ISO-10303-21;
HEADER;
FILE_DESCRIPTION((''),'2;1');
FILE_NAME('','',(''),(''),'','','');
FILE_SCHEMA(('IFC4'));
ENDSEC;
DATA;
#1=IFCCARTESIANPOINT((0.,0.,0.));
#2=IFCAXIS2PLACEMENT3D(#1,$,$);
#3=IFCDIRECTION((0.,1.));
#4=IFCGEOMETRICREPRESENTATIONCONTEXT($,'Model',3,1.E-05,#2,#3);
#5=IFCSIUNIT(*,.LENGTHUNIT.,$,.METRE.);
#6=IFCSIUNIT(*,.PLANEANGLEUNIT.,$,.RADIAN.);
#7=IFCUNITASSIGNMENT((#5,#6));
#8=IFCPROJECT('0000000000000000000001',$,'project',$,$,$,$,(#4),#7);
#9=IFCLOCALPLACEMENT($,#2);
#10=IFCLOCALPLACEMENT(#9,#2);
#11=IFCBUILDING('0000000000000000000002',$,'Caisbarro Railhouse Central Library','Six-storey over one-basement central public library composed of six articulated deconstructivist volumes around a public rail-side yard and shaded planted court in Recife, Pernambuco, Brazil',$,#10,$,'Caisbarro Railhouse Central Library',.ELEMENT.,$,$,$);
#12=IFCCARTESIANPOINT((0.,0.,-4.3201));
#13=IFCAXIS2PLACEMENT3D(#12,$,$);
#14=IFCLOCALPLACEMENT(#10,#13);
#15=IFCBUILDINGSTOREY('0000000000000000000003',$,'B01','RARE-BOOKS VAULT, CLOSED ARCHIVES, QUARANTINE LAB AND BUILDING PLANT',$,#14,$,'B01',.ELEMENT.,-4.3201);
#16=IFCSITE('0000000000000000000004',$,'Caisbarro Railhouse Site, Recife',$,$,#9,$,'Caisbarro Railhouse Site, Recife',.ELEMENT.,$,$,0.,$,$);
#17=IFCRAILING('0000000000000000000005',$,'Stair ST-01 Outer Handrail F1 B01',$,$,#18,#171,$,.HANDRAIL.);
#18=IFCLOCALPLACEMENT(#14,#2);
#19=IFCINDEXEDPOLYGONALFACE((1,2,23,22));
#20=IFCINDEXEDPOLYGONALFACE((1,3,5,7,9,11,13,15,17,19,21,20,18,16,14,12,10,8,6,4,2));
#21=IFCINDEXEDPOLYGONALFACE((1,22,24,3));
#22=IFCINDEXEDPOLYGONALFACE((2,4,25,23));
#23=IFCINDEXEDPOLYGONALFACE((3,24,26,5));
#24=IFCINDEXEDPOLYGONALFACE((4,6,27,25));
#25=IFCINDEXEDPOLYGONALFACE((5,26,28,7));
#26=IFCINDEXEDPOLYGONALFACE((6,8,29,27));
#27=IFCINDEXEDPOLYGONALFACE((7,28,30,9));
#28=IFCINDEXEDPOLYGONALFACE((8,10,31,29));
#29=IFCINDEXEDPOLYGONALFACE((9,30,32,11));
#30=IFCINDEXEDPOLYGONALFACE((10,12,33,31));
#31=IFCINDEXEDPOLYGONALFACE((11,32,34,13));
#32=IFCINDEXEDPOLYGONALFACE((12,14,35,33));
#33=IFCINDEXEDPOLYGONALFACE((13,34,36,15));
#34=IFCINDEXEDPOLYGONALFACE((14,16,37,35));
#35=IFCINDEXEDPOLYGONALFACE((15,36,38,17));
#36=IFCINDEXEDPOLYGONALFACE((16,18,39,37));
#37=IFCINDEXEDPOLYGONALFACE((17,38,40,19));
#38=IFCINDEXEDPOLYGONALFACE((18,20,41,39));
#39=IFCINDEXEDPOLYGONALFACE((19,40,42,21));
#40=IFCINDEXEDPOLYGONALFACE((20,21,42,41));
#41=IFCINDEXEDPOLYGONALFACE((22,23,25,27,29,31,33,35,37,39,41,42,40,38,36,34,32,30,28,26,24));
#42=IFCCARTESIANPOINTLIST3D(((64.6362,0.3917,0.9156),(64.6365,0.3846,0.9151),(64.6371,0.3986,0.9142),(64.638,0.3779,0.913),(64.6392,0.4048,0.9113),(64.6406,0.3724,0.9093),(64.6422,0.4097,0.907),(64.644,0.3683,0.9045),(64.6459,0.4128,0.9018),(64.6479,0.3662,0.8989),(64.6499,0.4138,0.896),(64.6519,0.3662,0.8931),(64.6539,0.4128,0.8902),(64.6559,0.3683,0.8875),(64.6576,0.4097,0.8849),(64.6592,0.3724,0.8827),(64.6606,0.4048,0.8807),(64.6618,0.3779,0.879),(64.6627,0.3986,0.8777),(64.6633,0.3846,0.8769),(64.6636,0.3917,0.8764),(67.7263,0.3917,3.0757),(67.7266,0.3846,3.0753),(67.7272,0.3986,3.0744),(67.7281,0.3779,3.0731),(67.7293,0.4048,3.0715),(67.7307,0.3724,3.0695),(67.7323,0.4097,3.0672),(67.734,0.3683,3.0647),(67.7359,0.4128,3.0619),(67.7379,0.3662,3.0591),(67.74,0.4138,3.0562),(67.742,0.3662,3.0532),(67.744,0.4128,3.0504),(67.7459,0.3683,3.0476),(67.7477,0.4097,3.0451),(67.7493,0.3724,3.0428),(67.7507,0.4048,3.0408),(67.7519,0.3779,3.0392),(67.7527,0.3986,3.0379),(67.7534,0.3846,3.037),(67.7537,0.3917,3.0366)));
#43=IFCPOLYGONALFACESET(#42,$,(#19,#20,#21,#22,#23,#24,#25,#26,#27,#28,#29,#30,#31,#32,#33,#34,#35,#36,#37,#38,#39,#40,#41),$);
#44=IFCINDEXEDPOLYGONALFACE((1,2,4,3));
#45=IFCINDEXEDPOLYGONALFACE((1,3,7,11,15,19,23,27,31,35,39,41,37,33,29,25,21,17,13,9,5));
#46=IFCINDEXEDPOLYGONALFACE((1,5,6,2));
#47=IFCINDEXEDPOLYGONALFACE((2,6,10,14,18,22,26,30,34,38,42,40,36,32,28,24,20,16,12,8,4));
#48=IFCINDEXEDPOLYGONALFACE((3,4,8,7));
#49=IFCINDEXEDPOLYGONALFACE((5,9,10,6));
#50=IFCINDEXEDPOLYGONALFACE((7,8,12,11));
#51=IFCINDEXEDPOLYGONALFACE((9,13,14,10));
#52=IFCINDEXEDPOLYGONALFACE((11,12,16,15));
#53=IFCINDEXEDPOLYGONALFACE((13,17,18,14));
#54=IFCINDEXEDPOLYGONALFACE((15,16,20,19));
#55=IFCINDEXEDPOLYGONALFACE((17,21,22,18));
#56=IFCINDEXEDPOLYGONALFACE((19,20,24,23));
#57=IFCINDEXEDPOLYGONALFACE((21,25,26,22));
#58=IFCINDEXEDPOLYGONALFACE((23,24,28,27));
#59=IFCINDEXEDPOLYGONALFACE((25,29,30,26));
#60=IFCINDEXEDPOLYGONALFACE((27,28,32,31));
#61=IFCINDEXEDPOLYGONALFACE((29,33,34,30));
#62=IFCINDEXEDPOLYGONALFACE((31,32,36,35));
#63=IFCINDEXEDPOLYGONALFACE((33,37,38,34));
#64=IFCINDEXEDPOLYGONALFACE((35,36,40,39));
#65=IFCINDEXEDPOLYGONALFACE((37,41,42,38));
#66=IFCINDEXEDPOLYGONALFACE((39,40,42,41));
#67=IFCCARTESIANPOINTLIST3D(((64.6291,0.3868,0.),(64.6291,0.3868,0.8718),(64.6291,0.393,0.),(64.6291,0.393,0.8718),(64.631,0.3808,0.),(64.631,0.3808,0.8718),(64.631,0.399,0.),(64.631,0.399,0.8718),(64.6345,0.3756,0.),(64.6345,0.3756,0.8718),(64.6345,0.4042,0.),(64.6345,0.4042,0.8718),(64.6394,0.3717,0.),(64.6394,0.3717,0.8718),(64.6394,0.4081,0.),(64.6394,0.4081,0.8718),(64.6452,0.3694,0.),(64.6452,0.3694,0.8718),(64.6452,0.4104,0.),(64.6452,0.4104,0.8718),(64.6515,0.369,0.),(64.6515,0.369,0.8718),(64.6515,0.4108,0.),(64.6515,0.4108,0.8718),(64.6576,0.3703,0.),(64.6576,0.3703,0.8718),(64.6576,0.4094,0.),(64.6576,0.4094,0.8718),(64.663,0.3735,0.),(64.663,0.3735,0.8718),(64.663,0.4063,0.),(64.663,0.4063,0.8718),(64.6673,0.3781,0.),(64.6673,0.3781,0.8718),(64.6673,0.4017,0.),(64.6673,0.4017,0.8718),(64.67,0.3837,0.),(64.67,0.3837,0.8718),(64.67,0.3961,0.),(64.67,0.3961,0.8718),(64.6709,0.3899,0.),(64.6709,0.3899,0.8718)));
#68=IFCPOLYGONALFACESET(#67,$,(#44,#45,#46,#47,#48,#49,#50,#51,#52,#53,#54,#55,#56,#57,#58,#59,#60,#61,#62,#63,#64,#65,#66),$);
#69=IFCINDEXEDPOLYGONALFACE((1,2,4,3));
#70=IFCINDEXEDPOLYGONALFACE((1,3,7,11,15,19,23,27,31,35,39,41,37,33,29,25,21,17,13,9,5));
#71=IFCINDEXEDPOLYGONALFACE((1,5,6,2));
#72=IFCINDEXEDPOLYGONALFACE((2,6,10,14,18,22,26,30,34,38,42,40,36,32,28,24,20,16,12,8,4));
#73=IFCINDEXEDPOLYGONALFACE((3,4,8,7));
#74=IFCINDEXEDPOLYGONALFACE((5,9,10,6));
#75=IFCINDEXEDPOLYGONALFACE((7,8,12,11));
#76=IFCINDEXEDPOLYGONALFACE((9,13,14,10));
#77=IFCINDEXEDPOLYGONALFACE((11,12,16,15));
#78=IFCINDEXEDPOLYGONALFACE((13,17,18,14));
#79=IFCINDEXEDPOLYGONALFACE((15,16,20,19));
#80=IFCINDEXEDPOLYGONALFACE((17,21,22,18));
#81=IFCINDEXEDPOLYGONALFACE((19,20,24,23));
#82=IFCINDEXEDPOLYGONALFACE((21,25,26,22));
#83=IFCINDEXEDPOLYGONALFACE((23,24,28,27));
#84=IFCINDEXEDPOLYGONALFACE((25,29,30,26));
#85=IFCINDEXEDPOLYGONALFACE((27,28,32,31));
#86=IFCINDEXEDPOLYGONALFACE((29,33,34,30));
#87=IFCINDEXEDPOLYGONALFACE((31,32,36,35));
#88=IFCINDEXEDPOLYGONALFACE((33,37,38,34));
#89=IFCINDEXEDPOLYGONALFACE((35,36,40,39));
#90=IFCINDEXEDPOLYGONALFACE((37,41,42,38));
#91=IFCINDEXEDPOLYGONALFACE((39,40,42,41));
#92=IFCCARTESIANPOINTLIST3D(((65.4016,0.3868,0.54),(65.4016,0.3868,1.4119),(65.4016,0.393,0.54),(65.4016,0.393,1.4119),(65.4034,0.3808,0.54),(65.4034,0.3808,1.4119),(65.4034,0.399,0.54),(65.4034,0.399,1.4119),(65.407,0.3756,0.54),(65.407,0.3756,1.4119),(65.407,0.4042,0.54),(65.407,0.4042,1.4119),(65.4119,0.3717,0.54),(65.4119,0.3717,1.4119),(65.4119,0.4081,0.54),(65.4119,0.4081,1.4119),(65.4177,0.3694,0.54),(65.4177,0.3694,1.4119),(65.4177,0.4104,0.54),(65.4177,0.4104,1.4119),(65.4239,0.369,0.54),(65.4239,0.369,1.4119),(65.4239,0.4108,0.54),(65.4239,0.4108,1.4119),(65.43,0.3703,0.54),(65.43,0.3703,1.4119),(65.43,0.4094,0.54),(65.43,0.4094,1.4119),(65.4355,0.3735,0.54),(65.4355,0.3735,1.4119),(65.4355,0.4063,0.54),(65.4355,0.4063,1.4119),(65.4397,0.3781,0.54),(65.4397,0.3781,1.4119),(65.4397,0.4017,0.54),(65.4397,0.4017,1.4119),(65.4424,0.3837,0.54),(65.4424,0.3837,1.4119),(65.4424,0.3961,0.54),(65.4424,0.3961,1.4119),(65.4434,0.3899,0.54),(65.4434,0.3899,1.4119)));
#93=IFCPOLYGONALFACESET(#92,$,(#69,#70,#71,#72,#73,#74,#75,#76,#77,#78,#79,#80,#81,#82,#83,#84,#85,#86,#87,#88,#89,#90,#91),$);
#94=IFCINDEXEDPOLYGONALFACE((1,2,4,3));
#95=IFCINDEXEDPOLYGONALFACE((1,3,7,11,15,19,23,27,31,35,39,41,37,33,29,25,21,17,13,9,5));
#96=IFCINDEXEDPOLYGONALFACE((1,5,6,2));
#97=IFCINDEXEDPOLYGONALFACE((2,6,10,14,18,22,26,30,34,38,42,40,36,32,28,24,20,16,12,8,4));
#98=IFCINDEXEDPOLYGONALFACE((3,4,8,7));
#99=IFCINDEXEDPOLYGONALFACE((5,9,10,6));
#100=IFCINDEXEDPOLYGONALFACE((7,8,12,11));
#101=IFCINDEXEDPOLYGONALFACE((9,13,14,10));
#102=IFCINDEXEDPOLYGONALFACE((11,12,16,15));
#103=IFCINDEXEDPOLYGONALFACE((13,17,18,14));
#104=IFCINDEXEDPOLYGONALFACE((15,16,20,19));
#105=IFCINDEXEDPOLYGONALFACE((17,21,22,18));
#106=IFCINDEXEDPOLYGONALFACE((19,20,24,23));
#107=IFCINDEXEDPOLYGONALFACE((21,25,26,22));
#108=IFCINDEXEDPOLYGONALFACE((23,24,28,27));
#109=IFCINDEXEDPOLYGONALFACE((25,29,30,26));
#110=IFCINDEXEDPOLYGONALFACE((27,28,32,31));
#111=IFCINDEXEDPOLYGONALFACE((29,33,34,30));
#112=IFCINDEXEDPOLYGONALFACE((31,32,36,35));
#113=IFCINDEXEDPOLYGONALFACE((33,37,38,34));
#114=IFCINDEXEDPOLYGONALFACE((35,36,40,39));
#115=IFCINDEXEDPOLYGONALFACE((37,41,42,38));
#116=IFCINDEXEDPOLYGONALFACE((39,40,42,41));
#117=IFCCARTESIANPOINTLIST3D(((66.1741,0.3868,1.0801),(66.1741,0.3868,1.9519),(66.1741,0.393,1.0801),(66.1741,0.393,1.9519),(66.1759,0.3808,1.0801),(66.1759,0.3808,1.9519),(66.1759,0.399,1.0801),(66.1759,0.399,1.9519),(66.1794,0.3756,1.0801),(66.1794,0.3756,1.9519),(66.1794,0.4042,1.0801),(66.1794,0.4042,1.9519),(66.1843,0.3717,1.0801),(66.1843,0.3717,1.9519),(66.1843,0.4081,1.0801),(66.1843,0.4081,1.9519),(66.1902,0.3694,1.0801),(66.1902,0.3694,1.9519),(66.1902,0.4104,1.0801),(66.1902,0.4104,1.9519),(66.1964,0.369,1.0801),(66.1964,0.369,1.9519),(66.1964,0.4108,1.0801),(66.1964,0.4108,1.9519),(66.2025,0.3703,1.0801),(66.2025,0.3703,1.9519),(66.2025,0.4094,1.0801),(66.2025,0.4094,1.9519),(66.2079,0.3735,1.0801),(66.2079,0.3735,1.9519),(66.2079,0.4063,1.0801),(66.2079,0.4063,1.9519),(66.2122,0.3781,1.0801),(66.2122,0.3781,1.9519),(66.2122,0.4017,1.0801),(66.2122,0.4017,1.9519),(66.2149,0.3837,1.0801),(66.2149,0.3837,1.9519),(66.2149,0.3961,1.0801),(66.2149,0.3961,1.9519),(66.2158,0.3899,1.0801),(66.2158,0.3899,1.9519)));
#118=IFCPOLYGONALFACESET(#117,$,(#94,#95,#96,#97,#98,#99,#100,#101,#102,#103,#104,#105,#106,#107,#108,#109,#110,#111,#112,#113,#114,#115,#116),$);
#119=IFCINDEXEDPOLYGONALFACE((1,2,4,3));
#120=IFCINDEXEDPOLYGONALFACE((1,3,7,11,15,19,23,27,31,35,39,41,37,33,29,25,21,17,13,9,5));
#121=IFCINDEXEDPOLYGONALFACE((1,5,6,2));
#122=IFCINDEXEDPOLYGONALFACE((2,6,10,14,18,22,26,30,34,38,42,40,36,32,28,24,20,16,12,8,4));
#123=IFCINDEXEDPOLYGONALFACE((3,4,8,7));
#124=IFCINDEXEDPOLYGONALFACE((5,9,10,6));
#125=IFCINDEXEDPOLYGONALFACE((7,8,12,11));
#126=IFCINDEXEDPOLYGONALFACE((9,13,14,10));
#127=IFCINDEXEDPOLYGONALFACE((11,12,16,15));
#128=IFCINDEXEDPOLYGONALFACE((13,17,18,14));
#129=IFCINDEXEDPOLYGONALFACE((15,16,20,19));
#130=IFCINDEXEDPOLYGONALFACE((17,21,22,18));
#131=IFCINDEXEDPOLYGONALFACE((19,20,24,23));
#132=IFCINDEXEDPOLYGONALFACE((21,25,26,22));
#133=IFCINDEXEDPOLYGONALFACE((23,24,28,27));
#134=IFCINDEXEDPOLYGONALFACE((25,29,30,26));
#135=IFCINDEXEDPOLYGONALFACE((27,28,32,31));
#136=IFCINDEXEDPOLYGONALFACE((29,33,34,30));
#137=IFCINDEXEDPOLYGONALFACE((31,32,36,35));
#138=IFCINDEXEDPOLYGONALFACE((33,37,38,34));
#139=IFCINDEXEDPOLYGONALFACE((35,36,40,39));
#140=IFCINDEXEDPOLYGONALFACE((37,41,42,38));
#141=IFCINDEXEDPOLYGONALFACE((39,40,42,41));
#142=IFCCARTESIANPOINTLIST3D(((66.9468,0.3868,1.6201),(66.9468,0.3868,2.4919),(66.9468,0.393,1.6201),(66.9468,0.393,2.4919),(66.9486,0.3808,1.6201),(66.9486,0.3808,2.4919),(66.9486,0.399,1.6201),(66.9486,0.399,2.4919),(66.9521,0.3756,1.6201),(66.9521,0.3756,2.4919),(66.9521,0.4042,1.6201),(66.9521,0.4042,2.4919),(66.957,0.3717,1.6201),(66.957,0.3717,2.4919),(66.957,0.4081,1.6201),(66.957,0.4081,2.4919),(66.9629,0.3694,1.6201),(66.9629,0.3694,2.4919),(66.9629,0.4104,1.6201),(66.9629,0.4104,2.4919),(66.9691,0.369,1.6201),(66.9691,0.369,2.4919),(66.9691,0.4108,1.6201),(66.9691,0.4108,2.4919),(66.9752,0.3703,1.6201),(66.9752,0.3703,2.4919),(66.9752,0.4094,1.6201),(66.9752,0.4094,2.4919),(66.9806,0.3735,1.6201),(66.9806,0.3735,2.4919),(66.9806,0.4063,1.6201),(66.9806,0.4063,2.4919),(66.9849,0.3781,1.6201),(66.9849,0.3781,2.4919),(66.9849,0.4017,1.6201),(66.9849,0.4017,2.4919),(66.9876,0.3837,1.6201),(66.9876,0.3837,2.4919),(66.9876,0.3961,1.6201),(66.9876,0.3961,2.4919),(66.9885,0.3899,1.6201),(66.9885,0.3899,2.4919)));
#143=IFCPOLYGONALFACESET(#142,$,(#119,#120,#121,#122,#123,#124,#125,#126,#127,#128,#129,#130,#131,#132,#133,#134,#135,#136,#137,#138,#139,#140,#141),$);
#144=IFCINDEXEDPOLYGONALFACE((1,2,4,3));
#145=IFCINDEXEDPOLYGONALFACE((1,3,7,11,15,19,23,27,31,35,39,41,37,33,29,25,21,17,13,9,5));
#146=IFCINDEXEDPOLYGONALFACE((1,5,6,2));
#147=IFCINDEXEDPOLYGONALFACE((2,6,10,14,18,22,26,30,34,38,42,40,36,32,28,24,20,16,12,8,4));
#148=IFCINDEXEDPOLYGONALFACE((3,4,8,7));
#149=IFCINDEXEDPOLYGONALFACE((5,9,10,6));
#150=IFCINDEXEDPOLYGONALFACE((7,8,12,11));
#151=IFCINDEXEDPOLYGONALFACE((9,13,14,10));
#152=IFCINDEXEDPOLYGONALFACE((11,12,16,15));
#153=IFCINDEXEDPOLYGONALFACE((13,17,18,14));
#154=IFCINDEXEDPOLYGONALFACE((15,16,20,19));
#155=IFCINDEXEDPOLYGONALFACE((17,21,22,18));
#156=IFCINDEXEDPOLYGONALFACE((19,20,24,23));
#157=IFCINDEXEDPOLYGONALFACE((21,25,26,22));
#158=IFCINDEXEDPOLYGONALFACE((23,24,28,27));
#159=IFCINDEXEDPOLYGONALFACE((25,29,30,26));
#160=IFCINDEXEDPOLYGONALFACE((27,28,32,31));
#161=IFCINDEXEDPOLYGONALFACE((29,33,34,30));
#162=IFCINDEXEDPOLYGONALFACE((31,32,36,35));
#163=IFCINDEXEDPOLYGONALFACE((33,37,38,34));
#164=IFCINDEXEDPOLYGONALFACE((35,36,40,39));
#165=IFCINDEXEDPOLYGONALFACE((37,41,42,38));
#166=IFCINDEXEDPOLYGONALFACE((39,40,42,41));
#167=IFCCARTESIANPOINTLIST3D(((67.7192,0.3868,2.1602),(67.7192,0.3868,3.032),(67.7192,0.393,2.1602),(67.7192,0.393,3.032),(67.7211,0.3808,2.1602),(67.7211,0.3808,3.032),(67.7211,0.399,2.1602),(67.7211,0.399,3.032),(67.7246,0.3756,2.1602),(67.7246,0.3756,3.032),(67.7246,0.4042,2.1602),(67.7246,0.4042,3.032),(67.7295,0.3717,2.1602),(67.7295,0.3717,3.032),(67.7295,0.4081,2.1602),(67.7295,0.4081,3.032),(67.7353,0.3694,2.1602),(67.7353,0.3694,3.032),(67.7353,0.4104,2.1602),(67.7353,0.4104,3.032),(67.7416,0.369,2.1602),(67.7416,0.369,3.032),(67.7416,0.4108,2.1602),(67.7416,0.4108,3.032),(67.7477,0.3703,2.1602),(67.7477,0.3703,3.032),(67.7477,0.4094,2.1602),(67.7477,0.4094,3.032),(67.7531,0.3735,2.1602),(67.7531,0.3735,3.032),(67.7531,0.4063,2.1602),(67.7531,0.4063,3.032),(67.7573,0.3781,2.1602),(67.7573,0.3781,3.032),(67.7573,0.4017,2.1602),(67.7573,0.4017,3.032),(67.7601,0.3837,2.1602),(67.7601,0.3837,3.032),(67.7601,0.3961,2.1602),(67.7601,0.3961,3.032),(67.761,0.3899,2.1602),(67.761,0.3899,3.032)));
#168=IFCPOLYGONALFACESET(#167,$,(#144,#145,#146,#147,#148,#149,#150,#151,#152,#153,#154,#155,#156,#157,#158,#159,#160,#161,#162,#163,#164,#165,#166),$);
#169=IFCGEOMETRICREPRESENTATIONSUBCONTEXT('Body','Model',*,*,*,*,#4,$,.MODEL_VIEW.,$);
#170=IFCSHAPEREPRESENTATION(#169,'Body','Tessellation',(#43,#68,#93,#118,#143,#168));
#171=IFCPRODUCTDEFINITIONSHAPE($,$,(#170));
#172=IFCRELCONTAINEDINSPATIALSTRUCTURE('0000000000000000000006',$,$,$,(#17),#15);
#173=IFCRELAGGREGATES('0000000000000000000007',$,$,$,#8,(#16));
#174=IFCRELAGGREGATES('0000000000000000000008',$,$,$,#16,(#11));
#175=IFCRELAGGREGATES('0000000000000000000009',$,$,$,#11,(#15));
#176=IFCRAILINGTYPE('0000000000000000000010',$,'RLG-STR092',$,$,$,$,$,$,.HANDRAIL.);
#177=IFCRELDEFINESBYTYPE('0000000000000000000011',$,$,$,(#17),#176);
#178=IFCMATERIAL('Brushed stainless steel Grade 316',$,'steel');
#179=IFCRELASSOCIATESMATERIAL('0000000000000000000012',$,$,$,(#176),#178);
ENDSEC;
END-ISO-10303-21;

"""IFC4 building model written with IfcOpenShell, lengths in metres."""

from ifc_helpers import new_model, si_unit, direction, frame, origin, origin_2d, place, context, subcontext, project, spatial, circle, extrude, material, type_object, element, save


model = new_model("IFC4")

# Units and contexts
model_context = context("Model", 3, precision=1e-05, world=origin(), true_north=direction((0.0, 1.0)))
body_context = subcontext(model_context, "Body", "Model", "MODEL_VIEW")
ifc_project = project(units=[si_unit("LENGTHUNIT", "METRE"), si_unit("PLANEANGLEUNIT", "RADIAN")], contexts=[model_context])

# Site, building, storey
site_placement = place(None, origin())
site = spatial("IfcSite", under=ifc_project, at=site_placement, Name="Caisbarro Railhouse Site, Recife", LongName="Caisbarro Railhouse Site, Recife", CompositionType="ELEMENT", RefElevation=0.0)
building_placement = place(site_placement, origin())
building = spatial("IfcBuilding", under=site, at=building_placement, Name="Caisbarro Railhouse Central Library", Description="Six-storey over one-basement central public library composed of six articulated deconstructivist volumes around a public rail-side yard and shaded planted court in Recife, Pernambuco, Brazil", LongName="Caisbarro Railhouse Central Library", CompositionType="ELEMENT")
storey_placement = place(building_placement, frame((0.0, 0.0, -4.3201)))
storey = spatial("IfcBuildingStorey", under=building, at=storey_placement, Name="B01", Description="RARE-BOOKS VAULT, CLOSED ARCHIVES, QUARANTINE LAB AND BUILDING PLANT", LongName="B01", CompositionType="ELEMENT", Elevation=-4.3201)

# Railing
ifc_material_1 = material(Name="Brushed stainless steel Grade 316", Category="steel")
railing_type_1 = type_object("IfcRailingType", Name="RLG-STR092", PredefinedType="HANDRAIL", material=ifc_material_1)
railing_1_placement = place(storey_placement, frame((64.6499, 0.3899, 0.0)))
element("IfcRailing", 1, at=railing_1_placement, inside=storey, type_object=railing_type_1, Name="Stair ST-01 Outer Handrail F1 B01", PredefinedType="HANDRAIL", context=body_context, shape_type="SweptSolid", body=[
    extrude(circle(Radius=0.0239, at=origin_2d()), frame((0.0, 0.0, 0.896), z_axis=(0.819594, 0.0, 0.572945), x_axis=(0.0, 1.0, 0.0)), (0.0, 0.0, 1.0), 3.7703),
    extrude(circle(Radius=0.021, at=origin_2d()), origin(), (0.0, 0.0, 1.0), 0.8718),
    extrude(circle(Radius=0.021, at=origin_2d()), frame((0.7725, 0.0, 0.54)), (0.0, 0.0, 1.0), 0.8718),
    extrude(circle(Radius=0.021, at=origin_2d()), frame((1.5449, 0.0, 1.0801)), (0.0, 0.0, 1.0), 0.8718),
    extrude(circle(Radius=0.021, at=origin_2d()), frame((2.3176, 0.0, 1.6201)), (0.0, 0.0, 1.0), 0.8718),
    extrude(circle(Radius=0.021, at=origin_2d()), frame((3.0901, 0.0, 2.1602)), (0.0, 0.0, 1.0), 0.8718),
])

save(model, "model.ifc")
